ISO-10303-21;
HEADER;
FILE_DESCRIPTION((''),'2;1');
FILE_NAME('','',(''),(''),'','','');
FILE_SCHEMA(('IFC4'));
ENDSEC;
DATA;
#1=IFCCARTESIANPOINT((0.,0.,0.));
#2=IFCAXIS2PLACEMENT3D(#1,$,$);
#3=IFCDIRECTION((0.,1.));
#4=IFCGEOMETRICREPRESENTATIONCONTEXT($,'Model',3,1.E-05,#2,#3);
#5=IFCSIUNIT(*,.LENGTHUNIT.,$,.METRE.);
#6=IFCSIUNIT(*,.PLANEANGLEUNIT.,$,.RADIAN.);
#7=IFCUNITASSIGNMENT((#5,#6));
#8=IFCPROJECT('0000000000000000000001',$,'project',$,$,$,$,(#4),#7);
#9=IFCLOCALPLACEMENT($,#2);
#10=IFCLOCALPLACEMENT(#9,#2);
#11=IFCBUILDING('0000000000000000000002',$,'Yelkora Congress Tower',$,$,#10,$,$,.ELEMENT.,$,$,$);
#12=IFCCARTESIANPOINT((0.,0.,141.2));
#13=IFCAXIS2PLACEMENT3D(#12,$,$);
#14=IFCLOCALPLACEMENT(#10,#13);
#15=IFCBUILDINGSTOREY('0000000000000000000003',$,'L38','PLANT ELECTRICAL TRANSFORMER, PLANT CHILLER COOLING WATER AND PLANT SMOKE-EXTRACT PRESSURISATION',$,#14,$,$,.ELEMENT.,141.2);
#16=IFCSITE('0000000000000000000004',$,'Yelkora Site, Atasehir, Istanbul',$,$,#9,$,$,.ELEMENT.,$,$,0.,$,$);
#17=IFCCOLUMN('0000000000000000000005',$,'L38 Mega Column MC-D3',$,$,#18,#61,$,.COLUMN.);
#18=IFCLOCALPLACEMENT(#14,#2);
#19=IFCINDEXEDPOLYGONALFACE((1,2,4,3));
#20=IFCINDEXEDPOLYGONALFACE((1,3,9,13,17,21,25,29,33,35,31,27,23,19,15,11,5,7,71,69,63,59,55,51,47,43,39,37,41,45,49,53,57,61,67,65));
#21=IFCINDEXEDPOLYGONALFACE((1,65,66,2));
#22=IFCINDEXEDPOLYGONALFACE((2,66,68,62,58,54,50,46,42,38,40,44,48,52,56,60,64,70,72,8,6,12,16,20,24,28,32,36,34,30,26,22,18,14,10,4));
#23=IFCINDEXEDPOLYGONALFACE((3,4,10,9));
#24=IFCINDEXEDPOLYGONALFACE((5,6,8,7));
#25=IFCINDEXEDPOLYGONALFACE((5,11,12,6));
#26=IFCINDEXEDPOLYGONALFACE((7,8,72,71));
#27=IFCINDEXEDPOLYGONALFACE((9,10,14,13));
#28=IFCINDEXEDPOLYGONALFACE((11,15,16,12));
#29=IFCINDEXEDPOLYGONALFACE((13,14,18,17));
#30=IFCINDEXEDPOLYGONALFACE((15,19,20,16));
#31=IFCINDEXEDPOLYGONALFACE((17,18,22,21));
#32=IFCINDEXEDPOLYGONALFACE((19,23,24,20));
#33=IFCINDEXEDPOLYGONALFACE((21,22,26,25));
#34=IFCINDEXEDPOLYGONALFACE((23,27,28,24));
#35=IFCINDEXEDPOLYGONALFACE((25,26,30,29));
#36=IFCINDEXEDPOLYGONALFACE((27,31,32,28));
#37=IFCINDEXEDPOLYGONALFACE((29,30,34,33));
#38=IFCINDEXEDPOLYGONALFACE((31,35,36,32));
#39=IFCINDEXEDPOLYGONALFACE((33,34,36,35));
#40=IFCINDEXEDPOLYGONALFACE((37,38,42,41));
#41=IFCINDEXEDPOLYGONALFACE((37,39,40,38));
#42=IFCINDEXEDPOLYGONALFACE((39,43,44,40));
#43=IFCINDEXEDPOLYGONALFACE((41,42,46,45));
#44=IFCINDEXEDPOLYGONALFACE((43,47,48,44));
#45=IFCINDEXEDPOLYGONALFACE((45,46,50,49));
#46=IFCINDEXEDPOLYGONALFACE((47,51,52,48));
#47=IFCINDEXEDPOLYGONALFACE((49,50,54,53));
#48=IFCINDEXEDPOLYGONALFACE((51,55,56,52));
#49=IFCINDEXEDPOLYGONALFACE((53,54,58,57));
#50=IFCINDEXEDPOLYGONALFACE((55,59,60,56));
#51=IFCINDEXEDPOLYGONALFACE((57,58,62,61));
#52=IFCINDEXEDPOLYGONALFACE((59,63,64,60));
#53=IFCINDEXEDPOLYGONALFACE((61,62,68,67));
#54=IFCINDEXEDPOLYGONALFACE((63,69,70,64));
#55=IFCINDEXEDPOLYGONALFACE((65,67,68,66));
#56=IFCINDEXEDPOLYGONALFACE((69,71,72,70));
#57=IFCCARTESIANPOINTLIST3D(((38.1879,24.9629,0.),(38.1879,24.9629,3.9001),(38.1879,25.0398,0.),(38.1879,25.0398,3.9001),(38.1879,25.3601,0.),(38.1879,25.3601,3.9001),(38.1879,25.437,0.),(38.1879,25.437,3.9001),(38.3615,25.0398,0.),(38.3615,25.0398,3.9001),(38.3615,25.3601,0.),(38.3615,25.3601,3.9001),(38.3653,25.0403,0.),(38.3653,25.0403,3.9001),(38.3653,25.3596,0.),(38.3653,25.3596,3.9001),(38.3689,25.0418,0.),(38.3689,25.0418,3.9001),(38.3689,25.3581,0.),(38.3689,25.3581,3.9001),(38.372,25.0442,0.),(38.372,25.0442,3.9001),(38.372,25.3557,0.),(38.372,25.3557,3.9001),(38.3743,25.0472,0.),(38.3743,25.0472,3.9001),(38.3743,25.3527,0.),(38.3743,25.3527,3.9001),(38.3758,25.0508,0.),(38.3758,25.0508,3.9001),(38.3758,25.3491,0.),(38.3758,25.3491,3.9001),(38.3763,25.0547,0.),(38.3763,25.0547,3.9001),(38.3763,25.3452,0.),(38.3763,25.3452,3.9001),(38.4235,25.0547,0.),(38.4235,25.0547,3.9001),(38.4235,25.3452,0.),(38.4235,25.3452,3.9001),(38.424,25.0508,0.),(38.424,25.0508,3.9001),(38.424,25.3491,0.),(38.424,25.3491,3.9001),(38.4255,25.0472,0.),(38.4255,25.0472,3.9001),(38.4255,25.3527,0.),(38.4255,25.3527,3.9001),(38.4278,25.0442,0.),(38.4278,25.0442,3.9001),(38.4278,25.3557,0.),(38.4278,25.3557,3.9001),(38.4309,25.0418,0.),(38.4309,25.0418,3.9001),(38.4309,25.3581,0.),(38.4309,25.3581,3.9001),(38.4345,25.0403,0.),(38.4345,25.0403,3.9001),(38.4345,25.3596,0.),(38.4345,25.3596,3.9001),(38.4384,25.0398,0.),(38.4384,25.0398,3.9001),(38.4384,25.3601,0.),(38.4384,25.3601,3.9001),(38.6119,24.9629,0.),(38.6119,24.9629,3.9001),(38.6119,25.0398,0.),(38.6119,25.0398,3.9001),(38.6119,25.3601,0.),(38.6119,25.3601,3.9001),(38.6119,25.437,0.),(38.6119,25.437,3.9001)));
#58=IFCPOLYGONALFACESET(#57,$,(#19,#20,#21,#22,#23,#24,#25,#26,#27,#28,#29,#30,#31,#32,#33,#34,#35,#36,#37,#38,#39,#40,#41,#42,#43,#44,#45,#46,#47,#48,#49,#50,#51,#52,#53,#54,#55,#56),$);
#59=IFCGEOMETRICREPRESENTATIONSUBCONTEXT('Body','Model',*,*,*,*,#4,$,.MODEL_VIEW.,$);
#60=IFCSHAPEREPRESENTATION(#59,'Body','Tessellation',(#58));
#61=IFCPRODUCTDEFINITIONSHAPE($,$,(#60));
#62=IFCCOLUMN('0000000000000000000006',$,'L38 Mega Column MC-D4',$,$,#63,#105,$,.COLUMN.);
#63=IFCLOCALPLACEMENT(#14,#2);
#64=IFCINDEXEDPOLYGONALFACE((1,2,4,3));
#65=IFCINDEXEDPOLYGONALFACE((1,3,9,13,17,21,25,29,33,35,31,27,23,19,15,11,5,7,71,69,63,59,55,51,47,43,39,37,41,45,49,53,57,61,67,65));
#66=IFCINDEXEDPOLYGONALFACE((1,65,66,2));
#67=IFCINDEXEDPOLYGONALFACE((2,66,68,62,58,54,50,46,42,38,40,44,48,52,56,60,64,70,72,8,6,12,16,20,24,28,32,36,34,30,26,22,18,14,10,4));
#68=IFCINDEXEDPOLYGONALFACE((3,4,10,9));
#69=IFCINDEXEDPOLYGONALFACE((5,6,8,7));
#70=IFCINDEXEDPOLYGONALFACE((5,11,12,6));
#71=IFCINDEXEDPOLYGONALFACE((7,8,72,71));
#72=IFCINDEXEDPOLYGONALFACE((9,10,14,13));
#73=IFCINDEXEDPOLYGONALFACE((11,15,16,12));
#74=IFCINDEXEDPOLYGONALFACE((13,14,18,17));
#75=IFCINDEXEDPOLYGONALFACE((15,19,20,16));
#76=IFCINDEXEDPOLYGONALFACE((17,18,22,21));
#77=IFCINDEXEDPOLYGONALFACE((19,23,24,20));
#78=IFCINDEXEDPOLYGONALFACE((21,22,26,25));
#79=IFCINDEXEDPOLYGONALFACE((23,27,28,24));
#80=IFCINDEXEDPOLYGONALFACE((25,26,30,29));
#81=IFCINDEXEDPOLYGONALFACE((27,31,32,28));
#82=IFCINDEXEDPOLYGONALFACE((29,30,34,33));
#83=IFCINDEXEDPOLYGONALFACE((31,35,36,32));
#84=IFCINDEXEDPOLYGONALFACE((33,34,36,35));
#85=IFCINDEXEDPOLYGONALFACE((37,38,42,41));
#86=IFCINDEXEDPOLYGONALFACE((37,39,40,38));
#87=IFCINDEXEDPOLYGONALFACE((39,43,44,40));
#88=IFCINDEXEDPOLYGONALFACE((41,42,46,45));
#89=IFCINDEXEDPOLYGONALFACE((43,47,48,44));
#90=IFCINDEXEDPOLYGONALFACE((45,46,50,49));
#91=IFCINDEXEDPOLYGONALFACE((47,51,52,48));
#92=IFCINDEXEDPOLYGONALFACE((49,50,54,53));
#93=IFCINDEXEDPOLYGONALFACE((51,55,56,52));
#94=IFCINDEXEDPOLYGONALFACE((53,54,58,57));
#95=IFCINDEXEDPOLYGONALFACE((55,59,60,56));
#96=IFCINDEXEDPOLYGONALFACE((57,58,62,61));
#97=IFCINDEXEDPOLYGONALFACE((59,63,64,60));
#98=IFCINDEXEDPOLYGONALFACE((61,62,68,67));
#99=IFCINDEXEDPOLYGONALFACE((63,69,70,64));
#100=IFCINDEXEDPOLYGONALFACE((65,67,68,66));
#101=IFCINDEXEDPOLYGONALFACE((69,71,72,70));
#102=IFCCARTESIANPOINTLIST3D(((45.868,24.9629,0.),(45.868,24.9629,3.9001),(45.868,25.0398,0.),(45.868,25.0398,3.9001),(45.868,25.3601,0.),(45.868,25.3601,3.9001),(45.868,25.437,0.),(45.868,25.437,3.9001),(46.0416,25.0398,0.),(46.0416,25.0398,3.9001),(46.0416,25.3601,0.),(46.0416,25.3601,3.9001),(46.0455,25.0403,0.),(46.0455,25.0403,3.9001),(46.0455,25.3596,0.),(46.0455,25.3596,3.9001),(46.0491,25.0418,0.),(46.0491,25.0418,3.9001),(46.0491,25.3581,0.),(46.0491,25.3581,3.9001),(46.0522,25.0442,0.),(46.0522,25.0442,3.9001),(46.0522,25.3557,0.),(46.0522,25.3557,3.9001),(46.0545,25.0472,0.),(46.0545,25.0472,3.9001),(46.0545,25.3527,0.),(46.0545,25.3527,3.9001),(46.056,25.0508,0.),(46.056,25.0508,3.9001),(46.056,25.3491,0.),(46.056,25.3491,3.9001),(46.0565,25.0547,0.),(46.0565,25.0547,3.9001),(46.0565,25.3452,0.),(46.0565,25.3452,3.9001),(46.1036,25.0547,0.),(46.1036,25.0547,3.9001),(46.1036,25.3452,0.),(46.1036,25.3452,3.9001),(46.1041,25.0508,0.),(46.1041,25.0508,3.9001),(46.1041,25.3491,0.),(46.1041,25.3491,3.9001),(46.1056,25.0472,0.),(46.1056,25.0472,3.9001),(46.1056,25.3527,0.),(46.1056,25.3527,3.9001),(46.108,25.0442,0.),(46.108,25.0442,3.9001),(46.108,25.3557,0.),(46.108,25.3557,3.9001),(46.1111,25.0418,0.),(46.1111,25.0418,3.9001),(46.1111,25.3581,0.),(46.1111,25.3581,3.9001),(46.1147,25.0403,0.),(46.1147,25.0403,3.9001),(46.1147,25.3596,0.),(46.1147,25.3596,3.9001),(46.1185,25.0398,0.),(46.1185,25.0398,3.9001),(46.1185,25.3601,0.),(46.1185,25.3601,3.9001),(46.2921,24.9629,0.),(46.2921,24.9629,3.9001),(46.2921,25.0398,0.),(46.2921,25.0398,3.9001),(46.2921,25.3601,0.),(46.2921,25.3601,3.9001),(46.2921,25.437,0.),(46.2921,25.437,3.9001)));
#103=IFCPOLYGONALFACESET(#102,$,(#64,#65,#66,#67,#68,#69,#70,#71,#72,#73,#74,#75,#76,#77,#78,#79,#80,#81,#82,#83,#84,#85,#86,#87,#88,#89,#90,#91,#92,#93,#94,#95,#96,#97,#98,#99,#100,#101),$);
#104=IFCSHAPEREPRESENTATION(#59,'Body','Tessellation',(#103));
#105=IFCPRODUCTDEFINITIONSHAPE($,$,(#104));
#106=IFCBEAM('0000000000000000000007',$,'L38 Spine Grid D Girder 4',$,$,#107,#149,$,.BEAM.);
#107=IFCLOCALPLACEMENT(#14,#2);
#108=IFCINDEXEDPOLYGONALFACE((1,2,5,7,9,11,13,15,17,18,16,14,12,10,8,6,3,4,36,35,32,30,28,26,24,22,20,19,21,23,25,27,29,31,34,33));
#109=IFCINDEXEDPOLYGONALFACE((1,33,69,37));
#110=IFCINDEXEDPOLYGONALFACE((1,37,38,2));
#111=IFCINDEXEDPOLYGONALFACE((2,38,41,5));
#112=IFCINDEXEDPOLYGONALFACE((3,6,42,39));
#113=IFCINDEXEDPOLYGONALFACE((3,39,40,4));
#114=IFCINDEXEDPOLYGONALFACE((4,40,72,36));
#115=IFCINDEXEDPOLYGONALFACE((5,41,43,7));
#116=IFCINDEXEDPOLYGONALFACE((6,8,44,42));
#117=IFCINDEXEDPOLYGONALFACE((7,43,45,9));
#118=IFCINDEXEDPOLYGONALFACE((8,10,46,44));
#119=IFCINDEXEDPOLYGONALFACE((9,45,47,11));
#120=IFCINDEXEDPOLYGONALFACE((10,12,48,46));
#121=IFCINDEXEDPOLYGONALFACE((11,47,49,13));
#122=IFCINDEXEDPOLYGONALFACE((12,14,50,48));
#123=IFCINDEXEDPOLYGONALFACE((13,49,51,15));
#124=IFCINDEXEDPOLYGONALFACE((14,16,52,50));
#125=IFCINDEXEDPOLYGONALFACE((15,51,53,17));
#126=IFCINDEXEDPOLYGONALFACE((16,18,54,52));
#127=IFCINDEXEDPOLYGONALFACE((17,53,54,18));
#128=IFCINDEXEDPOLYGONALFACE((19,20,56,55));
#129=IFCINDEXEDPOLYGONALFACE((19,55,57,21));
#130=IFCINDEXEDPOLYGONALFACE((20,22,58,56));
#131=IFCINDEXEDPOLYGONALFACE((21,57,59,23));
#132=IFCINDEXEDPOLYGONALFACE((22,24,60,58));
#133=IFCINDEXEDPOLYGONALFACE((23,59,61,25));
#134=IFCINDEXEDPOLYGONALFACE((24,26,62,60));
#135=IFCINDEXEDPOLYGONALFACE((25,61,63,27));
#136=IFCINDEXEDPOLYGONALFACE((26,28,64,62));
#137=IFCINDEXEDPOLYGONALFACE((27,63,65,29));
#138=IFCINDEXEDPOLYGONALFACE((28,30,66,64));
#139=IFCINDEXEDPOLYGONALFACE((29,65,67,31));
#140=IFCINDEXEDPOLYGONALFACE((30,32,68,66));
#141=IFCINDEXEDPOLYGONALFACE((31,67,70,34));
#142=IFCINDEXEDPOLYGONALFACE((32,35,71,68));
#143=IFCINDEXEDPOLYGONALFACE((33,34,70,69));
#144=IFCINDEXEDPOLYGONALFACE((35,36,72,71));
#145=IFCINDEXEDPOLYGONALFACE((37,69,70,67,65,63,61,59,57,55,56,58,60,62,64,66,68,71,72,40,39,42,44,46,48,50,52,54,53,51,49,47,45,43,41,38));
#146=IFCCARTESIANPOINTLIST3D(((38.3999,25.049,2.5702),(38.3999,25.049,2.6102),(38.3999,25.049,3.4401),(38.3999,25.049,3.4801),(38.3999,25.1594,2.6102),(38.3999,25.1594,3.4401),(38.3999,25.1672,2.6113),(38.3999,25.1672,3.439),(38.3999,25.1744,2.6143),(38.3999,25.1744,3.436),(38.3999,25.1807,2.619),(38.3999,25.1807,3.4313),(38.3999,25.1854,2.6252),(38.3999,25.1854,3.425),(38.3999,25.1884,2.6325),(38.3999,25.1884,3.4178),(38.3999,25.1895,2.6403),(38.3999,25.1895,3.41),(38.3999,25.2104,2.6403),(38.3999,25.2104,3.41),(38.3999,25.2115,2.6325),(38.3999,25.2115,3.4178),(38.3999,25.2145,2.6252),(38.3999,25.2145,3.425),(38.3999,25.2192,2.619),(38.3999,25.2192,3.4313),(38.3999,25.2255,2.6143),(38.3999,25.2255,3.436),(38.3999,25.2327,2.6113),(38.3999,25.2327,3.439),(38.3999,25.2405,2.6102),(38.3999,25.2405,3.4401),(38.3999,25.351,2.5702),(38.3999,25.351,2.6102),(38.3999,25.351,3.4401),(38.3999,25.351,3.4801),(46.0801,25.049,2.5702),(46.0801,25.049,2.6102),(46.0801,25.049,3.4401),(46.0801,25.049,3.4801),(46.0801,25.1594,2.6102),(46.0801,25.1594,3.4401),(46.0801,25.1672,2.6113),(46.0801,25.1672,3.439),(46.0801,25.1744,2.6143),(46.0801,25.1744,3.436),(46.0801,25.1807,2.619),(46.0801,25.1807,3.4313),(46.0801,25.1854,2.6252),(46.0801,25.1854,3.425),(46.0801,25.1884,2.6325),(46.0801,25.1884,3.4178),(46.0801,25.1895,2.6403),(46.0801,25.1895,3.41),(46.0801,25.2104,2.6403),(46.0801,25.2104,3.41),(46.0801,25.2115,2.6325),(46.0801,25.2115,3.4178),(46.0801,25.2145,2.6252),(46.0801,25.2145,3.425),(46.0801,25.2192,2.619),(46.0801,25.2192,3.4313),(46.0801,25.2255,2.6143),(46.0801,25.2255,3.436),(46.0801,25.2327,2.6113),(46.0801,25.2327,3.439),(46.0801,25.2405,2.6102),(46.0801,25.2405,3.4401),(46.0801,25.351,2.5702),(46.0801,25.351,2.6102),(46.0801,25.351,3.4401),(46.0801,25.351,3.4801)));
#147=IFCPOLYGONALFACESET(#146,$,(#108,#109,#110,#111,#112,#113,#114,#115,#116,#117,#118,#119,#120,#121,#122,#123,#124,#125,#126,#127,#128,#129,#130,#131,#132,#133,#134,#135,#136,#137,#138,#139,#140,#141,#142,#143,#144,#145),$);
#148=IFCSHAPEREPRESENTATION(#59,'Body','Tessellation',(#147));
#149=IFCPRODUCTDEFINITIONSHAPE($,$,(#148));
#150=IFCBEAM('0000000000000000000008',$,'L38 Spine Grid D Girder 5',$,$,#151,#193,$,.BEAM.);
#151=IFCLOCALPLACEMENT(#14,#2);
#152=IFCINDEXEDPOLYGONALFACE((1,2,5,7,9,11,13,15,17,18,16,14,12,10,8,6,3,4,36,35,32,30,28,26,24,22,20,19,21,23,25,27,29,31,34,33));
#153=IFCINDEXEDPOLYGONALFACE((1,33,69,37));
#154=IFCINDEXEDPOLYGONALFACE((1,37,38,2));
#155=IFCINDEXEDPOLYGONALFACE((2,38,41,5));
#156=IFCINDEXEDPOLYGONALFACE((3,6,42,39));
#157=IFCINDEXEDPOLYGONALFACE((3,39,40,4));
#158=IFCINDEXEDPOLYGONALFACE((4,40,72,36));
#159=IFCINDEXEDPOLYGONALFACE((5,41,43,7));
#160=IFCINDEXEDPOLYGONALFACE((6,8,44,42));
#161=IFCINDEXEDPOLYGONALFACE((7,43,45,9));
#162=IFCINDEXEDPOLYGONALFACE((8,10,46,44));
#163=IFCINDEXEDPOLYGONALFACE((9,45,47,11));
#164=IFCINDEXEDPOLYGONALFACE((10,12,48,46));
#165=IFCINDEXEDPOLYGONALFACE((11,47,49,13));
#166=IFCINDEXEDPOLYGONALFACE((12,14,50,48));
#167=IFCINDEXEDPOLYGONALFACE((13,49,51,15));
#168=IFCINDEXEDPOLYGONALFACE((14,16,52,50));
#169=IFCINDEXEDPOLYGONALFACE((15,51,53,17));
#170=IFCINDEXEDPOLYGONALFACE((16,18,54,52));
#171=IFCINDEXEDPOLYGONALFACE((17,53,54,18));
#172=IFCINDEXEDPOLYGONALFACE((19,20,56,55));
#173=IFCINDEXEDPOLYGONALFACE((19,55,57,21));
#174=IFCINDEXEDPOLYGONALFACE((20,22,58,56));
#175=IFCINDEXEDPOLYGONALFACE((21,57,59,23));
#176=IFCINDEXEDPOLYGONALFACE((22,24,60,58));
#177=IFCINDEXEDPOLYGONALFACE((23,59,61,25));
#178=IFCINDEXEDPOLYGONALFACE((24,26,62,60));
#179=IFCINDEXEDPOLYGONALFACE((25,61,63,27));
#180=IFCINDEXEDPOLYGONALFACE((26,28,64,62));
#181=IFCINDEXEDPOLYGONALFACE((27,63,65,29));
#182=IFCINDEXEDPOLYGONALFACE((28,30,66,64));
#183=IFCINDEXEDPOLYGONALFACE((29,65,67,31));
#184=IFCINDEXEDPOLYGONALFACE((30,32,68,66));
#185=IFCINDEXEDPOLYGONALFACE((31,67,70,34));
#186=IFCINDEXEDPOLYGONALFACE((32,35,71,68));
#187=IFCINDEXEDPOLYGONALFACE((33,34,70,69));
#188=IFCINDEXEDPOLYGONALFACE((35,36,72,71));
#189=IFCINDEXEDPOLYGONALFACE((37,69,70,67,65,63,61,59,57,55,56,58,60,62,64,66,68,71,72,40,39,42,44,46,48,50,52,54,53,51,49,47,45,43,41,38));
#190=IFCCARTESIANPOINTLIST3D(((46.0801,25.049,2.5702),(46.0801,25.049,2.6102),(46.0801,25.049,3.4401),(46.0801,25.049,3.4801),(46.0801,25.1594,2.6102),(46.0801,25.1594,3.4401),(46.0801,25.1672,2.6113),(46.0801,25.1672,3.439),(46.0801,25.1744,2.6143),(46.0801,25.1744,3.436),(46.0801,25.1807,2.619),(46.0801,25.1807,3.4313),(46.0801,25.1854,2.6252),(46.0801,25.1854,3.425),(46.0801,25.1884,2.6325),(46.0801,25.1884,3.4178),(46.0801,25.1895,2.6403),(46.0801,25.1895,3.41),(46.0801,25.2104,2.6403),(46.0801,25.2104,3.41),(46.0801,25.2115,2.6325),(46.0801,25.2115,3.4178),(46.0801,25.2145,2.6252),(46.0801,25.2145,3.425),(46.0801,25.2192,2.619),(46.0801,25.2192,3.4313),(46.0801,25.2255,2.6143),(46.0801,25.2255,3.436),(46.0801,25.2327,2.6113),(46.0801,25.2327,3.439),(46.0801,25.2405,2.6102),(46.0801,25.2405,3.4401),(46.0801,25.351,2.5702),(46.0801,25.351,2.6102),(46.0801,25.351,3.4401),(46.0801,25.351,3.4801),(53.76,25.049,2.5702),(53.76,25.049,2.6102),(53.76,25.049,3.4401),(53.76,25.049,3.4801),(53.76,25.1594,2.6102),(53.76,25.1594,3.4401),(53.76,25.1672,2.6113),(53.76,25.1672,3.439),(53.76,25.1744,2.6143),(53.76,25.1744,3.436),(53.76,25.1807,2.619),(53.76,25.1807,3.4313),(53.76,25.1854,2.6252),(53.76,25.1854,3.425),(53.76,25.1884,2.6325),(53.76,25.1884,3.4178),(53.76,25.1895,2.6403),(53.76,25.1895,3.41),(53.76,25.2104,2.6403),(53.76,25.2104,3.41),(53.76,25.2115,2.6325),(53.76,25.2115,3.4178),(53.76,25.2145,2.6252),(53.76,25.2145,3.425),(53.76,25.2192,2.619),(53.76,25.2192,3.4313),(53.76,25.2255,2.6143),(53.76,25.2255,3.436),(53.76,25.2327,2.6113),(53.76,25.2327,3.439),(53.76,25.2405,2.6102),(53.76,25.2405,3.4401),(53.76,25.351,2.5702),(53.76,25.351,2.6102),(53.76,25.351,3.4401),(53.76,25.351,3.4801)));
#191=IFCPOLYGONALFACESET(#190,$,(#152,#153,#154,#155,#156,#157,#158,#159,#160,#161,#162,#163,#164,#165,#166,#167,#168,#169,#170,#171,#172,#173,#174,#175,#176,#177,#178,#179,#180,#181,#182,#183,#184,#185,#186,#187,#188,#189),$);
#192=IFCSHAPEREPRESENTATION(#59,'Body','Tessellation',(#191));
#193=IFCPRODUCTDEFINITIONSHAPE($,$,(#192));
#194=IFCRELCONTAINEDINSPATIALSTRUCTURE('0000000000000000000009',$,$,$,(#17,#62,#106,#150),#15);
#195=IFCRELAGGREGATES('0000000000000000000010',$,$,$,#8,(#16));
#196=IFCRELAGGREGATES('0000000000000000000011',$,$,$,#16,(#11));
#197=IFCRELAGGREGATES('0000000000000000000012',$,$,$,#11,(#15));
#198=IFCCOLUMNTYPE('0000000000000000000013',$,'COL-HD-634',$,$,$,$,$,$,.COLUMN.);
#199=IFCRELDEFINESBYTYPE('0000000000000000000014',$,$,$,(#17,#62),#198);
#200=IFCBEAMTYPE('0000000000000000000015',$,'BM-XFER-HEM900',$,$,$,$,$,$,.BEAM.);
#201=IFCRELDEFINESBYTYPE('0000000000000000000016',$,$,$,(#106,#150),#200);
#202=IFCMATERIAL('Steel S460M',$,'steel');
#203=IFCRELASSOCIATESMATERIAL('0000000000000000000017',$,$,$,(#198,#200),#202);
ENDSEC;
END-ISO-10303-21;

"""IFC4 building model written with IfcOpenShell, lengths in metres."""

from ifc_helpers import new_model, si_unit, direction, frame, origin, origin_2d, place, context, subcontext, project, spatial, i_section, extrude, material, material_profile, profile_set, type_object, element, save


model = new_model("IFC4")

# Units and contexts
model_context = context("Model", 3, precision=1e-05, world=origin(), true_north=direction((0.0, 1.0)))
body_context = subcontext(model_context, "Body", "Model", "MODEL_VIEW")
ifc_project = project(units=[si_unit("LENGTHUNIT", "METRE"), si_unit("PLANEANGLEUNIT", "RADIAN")], contexts=[model_context])

# Site, building, storey
site_placement = place(None, origin())
site = spatial("IfcSite", under=ifc_project, at=site_placement, Name="Yelkora Site, Atasehir, Istanbul", CompositionType="ELEMENT", RefElevation=0.0)
building_placement = place(site_placement, origin())
building = spatial("IfcBuilding", under=site, at=building_placement, Name="Yelkora Congress Tower", CompositionType="ELEMENT")
storey_placement = place(building_placement, frame((0.0, 0.0, 141.2)))
storey = spatial("IfcBuildingStorey", under=building, at=storey_placement, Name="L38", Description="PLANT ELECTRICAL TRANSFORMER, PLANT CHILLER COOLING WATER AND PLANT SMOKE-EXTRACT PRESSURISATION", CompositionType="ELEMENT", Elevation=141.2)

# Columns
ifc_material_1 = material(Name="Steel S460M", Category="steel")
ifc_material_profile_1 = material_profile(ifc_material_1, i_section(OverallWidth=0.4241, OverallDepth=0.4741, WebThickness=0.0471, FlangeThickness=0.0769, FilletRadius=0.0149, at=origin_2d()), Name="HD 400x634")
ifc_profile_set_1 = profile_set([ifc_material_profile_1], Name="Steel S460M")
column_type = type_object("IfcColumnType", Name="COL-HD-634", PredefinedType="COLUMN", material=ifc_profile_set_1)
for number, where, z_axis, x_axis, name in (
    (1, (38.3999, 25.2, 0.0), (0.0, 0.0, 1.0), (1.0, 0.0, 0.0), "L38 Mega Column MC-D3"),
    (2, (46.0801, 25.2, 0.0), (0.0, 0.0, 1.0), (1.0, 0.0, 0.0), "L38 Mega Column MC-D4"),
):
    element("IfcColumn", number, at=place(storey_placement, frame(where, z_axis=z_axis, x_axis=x_axis)), inside=storey, type_object=column_type, Name=name, PredefinedType="COLUMN", context=body_context, shape_type="SweptSolid", body=[
        extrude(i_section(OverallWidth=0.4241, OverallDepth=0.4741, WebThickness=0.0471, FlangeThickness=0.0769, FilletRadius=0.0149, at=origin_2d()), origin(), (0.0, 0.0, 1.0), 3.9001),
    ])

# Beams
ifc_material_profile_2 = material_profile(ifc_material_1, i_section(OverallWidth=0.302, OverallDepth=0.9099, WebThickness=0.021, FlangeThickness=0.04, FilletRadius=0.03, at=origin_2d()), Name="HEM 900")
ifc_profile_set_2 = profile_set([ifc_material_profile_2], Name="Steel S460M")
beam_type = type_object("IfcBeamType", Name="BM-XFER-HEM900", PredefinedType="BEAM", material=ifc_profile_set_2)
beam_1_placement = place(storey_placement, frame((38.3999, 25.2, 3.0251), z_axis=(1.0, 0.0, 0.0), x_axis=(0.0, 1.0, 0.0)))
element("IfcBeam", 3, at=beam_1_placement, inside=storey, type_object=beam_type, Name="L38 Spine Grid D Girder 4", PredefinedType="BEAM", context=body_context, shape_type="SweptSolid", body=[
    extrude(i_section(OverallWidth=0.302, OverallDepth=0.9099, WebThickness=0.021, FlangeThickness=0.04, FilletRadius=0.03, at=origin_2d()), origin(), (0.0, 0.0, 1.0), 7.6802),
])
beam_2_placement = place(storey_placement, frame((46.0801, 25.2, 3.0251), z_axis=(1.0, 0.0, 0.0), x_axis=(0.0, 1.0, 0.0)))
element("IfcBeam", 4, at=beam_2_placement, inside=storey, type_object=beam_type, Name="L38 Spine Grid D Girder 5", PredefinedType="BEAM", context=body_context, shape_type="SweptSolid", body=[
    extrude(i_section(OverallWidth=0.302, OverallDepth=0.9099, WebThickness=0.021, FlangeThickness=0.04, FilletRadius=0.03, at=origin_2d()), origin(), (0.0, 0.0, 1.0), 7.6799),
])

save(model, "model.ifc")
